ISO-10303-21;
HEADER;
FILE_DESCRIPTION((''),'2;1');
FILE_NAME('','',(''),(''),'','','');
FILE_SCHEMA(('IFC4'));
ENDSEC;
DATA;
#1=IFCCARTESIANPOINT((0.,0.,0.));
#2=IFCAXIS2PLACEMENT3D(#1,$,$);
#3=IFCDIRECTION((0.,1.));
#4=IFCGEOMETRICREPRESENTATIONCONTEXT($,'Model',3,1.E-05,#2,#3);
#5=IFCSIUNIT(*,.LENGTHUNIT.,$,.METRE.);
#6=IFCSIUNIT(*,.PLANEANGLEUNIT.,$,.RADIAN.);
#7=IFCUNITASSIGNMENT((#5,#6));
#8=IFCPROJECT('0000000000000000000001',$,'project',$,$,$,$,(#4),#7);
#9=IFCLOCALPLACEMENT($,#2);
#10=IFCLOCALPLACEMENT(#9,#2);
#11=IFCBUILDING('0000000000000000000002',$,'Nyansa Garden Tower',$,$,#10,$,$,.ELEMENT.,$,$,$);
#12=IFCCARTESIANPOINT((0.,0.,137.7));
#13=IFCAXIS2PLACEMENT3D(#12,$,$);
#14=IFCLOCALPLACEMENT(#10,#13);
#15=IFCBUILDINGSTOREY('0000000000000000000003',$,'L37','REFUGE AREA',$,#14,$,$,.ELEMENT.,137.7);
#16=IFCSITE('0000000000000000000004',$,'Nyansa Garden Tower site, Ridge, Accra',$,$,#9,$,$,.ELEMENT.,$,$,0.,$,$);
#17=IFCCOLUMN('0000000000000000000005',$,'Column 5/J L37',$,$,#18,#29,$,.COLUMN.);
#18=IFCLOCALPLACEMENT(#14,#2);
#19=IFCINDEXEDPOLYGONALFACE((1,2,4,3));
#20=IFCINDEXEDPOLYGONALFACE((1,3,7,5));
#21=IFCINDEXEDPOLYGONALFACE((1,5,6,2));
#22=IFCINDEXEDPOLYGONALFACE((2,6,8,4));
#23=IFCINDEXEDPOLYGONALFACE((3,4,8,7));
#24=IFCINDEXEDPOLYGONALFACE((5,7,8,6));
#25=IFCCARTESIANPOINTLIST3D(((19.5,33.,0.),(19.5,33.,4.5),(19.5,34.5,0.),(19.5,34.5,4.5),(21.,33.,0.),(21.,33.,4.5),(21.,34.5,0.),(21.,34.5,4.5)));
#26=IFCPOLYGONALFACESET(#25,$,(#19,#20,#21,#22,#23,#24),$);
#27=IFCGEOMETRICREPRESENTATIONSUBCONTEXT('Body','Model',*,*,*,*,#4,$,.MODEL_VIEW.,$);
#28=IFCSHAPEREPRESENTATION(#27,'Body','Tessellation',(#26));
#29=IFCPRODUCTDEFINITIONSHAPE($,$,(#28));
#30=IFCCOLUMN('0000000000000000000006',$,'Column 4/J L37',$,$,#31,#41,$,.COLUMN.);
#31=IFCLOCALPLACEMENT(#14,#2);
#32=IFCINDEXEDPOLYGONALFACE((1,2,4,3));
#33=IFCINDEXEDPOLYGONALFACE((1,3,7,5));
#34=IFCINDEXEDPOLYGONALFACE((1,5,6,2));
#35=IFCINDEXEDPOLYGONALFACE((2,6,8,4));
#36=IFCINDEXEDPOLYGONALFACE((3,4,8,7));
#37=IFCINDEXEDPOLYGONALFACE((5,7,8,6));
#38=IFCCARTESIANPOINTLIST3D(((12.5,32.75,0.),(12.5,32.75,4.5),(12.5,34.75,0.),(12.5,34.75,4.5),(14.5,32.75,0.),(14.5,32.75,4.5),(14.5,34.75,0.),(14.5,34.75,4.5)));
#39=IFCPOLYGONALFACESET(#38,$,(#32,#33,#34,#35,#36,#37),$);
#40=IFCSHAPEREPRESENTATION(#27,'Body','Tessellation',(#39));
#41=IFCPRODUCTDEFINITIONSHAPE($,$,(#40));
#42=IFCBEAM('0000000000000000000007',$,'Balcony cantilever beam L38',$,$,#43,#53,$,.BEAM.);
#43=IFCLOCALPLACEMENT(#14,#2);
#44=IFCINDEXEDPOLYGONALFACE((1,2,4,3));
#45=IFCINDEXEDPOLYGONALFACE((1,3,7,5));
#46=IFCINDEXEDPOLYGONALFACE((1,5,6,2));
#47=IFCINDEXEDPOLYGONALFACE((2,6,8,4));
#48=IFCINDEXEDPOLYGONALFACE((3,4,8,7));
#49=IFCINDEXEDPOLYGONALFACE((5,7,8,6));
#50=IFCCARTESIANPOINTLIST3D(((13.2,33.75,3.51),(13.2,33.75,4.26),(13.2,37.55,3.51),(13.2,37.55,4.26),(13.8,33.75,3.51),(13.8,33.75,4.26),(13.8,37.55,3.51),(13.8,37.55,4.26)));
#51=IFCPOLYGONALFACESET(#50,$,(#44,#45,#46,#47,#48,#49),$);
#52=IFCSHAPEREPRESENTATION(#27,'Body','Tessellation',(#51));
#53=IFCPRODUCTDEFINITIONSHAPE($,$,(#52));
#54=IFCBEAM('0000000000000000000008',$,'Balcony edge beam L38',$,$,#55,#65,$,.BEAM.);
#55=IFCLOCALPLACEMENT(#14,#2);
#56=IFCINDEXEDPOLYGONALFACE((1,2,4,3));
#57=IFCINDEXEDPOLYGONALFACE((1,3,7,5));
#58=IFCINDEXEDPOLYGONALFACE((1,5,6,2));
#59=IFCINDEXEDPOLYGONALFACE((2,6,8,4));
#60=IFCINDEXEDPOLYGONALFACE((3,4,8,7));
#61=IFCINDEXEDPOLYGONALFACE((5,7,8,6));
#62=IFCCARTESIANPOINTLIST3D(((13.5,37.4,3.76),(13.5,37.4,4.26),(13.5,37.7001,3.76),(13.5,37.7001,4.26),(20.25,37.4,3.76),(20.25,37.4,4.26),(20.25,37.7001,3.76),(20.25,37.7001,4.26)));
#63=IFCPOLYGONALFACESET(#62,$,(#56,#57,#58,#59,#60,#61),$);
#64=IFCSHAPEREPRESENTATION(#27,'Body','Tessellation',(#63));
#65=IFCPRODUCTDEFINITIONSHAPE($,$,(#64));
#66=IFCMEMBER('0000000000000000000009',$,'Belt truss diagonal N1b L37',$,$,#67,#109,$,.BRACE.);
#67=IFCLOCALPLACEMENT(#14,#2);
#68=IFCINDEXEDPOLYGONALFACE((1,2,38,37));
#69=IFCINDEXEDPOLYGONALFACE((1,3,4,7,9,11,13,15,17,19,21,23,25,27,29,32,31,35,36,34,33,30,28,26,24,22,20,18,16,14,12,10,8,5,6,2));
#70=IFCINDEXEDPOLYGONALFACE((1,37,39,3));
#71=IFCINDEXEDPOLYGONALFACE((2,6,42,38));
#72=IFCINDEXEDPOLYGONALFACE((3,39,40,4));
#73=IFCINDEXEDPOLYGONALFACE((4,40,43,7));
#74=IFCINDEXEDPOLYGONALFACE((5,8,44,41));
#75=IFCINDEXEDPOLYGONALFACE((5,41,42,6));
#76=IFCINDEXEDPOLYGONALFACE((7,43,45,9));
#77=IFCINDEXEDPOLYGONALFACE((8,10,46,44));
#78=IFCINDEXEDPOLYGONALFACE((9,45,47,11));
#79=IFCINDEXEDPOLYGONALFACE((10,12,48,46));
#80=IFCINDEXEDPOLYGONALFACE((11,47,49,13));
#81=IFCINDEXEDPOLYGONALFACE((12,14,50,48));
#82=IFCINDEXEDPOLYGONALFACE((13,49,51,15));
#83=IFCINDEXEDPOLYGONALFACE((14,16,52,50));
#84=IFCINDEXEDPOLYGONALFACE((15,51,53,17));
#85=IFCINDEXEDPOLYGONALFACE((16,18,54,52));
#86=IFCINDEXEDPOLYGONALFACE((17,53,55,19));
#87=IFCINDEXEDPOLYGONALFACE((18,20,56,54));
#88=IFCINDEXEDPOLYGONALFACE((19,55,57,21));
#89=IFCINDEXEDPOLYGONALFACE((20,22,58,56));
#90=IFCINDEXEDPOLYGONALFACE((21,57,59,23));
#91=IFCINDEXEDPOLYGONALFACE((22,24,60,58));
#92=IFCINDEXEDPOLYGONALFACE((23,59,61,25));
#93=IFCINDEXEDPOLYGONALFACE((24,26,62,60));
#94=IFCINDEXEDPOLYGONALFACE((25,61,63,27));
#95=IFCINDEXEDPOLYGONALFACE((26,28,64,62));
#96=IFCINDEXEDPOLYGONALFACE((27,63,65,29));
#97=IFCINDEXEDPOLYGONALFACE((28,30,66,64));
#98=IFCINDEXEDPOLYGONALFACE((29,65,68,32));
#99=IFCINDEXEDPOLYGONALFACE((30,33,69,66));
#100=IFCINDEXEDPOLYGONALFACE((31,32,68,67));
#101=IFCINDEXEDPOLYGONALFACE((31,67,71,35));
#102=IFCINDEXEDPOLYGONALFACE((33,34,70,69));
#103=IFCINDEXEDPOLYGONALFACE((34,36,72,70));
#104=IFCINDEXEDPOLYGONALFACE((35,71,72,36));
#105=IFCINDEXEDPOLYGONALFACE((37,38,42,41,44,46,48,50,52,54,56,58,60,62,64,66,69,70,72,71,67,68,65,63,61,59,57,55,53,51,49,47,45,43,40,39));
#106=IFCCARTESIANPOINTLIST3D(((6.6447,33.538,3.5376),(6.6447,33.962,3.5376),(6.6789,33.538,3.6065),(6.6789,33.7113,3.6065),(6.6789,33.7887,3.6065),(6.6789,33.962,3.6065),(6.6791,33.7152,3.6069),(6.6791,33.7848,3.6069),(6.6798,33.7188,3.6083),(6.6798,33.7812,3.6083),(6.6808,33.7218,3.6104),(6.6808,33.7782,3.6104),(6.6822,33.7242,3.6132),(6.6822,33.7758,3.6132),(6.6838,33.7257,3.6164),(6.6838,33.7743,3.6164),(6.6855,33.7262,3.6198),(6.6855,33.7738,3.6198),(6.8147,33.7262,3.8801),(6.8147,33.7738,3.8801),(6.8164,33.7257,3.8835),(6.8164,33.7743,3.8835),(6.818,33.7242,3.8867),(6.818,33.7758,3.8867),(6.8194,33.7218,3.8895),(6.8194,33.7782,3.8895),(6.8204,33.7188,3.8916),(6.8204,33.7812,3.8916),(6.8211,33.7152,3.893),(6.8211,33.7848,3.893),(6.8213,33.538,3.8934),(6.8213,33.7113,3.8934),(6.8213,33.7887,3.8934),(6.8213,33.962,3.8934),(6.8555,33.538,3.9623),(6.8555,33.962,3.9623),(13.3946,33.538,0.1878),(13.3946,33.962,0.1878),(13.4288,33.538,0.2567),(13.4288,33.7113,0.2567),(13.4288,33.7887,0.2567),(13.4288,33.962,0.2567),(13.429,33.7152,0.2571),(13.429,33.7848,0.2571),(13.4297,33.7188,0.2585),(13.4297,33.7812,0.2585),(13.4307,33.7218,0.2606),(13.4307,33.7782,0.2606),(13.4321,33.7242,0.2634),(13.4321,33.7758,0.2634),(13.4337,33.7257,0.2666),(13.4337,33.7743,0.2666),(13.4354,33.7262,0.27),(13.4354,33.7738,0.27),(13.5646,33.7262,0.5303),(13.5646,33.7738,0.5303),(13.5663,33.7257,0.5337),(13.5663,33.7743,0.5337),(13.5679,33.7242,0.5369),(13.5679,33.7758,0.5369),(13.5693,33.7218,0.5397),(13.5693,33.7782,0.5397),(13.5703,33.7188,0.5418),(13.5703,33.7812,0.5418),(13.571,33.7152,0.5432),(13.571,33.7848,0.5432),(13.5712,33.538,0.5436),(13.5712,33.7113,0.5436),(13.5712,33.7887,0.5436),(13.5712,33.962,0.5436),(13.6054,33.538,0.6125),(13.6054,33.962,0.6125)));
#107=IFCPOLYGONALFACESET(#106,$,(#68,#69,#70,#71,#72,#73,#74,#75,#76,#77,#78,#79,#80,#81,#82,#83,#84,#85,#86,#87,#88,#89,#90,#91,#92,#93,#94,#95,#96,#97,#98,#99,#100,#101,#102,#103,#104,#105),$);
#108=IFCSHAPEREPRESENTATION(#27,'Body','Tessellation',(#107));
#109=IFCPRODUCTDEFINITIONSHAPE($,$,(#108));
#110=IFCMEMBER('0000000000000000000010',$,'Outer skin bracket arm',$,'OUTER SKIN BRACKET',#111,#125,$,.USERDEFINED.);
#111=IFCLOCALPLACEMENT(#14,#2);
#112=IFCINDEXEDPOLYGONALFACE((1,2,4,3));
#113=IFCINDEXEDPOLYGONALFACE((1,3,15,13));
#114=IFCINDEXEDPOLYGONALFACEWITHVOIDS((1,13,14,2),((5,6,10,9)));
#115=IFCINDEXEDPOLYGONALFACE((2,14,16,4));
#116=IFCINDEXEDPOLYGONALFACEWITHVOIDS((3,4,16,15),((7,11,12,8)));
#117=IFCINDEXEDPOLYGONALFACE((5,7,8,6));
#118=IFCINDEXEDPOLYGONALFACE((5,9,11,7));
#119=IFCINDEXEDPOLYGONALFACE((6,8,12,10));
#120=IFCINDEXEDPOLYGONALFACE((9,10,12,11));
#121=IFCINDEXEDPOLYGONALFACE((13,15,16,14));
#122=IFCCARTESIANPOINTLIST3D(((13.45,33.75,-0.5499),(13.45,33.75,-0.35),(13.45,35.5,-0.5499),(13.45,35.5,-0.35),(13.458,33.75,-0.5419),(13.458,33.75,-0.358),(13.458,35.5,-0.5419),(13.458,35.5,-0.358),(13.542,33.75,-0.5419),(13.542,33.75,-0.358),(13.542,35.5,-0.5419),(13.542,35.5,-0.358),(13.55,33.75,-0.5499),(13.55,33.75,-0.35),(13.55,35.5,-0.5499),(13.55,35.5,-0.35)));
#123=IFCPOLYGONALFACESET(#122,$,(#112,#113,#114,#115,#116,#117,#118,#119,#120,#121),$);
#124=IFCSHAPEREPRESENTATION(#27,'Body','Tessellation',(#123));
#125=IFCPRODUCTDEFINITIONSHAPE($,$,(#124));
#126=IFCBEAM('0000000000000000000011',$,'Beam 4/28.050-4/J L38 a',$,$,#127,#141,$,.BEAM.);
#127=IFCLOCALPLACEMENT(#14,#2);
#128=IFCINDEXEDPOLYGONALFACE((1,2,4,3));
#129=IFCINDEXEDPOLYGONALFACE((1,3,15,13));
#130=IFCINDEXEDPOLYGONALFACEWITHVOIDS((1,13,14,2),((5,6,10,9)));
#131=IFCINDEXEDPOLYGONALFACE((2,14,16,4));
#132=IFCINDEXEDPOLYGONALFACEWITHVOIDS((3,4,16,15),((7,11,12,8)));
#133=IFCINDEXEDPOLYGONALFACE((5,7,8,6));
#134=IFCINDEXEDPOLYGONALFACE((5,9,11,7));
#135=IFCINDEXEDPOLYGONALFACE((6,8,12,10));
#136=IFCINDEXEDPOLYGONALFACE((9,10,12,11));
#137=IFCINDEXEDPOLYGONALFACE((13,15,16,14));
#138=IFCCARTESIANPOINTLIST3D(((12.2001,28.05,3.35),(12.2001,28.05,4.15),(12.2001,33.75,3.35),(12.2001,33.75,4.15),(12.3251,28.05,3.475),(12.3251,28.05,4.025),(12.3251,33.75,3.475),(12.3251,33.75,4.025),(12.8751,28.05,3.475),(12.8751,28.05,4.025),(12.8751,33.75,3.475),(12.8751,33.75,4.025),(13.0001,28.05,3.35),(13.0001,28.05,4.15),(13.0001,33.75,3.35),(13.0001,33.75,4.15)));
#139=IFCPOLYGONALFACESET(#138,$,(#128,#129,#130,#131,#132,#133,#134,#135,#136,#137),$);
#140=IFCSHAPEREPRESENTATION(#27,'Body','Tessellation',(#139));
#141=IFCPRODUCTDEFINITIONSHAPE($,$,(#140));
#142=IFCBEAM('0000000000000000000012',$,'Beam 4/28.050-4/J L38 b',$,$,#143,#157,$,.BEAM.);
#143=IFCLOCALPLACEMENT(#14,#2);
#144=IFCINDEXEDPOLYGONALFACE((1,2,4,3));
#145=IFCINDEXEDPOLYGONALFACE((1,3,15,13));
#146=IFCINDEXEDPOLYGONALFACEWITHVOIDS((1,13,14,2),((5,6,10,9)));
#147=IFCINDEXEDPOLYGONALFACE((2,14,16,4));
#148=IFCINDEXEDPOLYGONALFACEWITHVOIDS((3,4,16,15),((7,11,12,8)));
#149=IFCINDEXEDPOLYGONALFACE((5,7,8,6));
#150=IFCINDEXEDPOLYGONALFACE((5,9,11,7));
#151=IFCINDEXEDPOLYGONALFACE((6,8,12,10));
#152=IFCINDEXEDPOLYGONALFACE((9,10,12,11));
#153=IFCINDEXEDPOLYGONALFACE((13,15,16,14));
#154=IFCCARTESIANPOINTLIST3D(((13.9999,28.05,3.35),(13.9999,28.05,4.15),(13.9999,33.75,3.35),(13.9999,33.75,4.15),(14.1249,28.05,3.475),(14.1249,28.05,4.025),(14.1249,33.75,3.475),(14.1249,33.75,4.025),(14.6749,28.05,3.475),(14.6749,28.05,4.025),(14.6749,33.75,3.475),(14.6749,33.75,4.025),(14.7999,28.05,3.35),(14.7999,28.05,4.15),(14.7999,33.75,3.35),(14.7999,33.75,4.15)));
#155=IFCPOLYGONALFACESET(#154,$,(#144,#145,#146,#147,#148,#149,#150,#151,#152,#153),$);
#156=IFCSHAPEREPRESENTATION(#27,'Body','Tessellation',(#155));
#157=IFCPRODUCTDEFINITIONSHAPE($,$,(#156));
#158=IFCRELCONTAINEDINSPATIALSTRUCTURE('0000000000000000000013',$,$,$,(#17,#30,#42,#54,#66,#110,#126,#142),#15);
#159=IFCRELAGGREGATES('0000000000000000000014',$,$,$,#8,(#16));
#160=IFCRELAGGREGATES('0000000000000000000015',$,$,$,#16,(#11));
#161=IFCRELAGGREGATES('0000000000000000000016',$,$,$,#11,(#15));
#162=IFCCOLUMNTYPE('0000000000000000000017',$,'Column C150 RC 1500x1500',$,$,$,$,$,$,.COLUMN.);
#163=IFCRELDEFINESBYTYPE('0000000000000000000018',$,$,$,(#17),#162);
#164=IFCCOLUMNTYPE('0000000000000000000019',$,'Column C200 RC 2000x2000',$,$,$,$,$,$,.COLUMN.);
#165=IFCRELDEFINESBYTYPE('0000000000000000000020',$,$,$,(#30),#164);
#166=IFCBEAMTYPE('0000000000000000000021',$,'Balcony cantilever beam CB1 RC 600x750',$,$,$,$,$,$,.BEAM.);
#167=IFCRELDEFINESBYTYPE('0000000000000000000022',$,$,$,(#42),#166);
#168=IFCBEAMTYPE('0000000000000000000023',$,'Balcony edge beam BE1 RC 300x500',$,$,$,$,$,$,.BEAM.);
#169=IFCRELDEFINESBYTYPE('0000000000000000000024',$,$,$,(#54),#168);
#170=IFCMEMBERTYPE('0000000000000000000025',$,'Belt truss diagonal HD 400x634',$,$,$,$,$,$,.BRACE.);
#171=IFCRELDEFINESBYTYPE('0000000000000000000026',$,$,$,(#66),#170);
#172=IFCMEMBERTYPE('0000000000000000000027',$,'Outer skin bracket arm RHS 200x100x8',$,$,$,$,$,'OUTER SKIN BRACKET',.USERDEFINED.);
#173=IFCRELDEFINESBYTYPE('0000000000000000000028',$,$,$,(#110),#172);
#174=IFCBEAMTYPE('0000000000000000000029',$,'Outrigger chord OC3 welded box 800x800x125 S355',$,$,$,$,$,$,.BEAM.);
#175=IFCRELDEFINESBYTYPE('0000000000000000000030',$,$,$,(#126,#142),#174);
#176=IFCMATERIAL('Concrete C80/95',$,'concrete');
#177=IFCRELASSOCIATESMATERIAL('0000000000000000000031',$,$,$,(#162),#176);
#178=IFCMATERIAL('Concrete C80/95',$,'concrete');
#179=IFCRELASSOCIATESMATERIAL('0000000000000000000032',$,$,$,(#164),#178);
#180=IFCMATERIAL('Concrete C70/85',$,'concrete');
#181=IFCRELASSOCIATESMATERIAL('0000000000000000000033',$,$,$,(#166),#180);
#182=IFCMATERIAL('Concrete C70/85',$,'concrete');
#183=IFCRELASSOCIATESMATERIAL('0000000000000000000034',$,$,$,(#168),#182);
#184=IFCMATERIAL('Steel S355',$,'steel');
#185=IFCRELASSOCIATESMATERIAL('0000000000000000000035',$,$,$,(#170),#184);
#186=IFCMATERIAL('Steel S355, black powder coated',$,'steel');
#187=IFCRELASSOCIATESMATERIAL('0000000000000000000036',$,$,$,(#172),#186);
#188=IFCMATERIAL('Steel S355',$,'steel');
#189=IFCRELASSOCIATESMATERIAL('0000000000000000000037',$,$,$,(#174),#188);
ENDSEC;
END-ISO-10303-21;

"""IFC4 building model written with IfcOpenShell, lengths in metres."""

from ifc_helpers import new_model, si_unit, direction, frame, origin, origin_2d, place, context, subcontext, project, spatial, rectangle, hollow_rectangle, i_section, extrude, material, material_profile, profile_set, type_object, element, save


model = new_model("IFC4")

# Units and contexts
model_context = context("Model", 3, precision=1e-05, world=origin(), true_north=direction((0.0, 1.0)))
body_context = subcontext(model_context, "Body", "Model", "MODEL_VIEW")
ifc_project = project(units=[si_unit("LENGTHUNIT", "METRE"), si_unit("PLANEANGLEUNIT", "RADIAN")], contexts=[model_context])

# Site, building, storey
site_placement = place(None, origin())
site = spatial("IfcSite", under=ifc_project, at=site_placement, Name="Nyansa Garden Tower site, Ridge, Accra", CompositionType="ELEMENT", RefElevation=0.0)
building_placement = place(site_placement, origin())
building = spatial("IfcBuilding", under=site, at=building_placement, Name="Nyansa Garden Tower", CompositionType="ELEMENT")
storey_placement = place(building_placement, frame((0.0, 0.0, 137.7)))
storey = spatial("IfcBuildingStorey", under=building, at=storey_placement, Name="L37", Description="REFUGE AREA", CompositionType="ELEMENT", Elevation=137.7)

# Columns
ifc_material_1 = material(Name="Concrete C80/95", Category="concrete")
ifc_material_profile_1 = material_profile(ifc_material_1, rectangle(XDim=1.5, YDim=1.5, at=origin_2d()), Name="RC 1500x1500")
ifc_profile_set_1 = profile_set([ifc_material_profile_1], Name="Concrete C80/95")
column_type_1 = type_object("IfcColumnType", Name="Column C150 RC 1500x1500", PredefinedType="COLUMN", material=ifc_profile_set_1)
column_1_placement = place(storey_placement, frame((20.25, 33.75, 0.0), z_axis=(0.0, 0.0, 1.0), x_axis=(1.0, 0.0, 0.0)))
element("IfcColumn", 1, at=column_1_placement, inside=storey, type_object=column_type_1, Name="Column 5/J L37", PredefinedType="COLUMN", context=body_context, shape_type="SweptSolid", body=[
    extrude(rectangle(XDim=1.5, YDim=1.5, at=origin_2d()), origin(), (0.0, 0.0, 1.0), 4.5),
])
ifc_material_2 = material(Name="Concrete C80/95", Category="concrete")
ifc_material_profile_2 = material_profile(ifc_material_2, rectangle(XDim=2.0, YDim=2.0, at=origin_2d()), Name="RC 2000x2000")
ifc_profile_set_2 = profile_set([ifc_material_profile_2], Name="Concrete C80/95")
column_type_2 = type_object("IfcColumnType", Name="Column C200 RC 2000x2000", PredefinedType="COLUMN", material=ifc_profile_set_2)
column_2_placement = place(storey_placement, frame((13.5, 33.75, 0.0), z_axis=(0.0, 0.0, 1.0), x_axis=(1.0, 0.0, 0.0)))
element("IfcColumn", 2, at=column_2_placement, inside=storey, type_object=column_type_2, Name="Column 4/J L37", PredefinedType="COLUMN", context=body_context, shape_type="SweptSolid", body=[
    extrude(rectangle(XDim=2.0, YDim=2.0, at=origin_2d()), origin(), (0.0, 0.0, 1.0), 4.5),
])

# Beams
ifc_material_3 = material(Name="Concrete C70/85", Category="concrete")
ifc_material_profile_3 = material_profile(ifc_material_3, rectangle(XDim=0.6001, YDim=0.75, at=origin_2d()), Name="RC 600x750")
ifc_profile_set_3 = profile_set([ifc_material_profile_3], Name="Concrete C70/85")
beam_type_1 = type_object("IfcBeamType", Name="Balcony cantilever beam CB1 RC 600x750", PredefinedType="BEAM", material=ifc_profile_set_3)
beam_1_placement = place(storey_placement, frame((13.5, 33.75, 3.885), z_axis=(0.0, 1.0, 0.0), x_axis=(-1.0, 0.0, 0.0)))
element("IfcBeam", 3, at=beam_1_placement, inside=storey, type_object=beam_type_1, Name="Balcony cantilever beam L38", PredefinedType="BEAM", context=body_context, shape_type="SweptSolid", body=[
    extrude(rectangle(XDim=0.6001, YDim=0.75, at=origin_2d()), origin(), (0.0, 0.0, 1.0), 3.8),
])
ifc_material_4 = material(Name="Concrete C70/85", Category="concrete")
ifc_material_profile_4 = material_profile(ifc_material_4, rectangle(XDim=0.3, YDim=0.5, at=origin_2d()), Name="RC 300x500")
ifc_profile_set_4 = profile_set([ifc_material_profile_4], Name="Concrete C70/85")
beam_type_2 = type_object("IfcBeamType", Name="Balcony edge beam BE1 RC 300x500", PredefinedType="BEAM", material=ifc_profile_set_4)
beam_2_placement = place(storey_placement, frame((13.5, 37.55, 4.01), z_axis=(1.0, 0.0, 0.0), x_axis=(0.0, 1.0, 0.0)))
element("IfcBeam", 4, at=beam_2_placement, inside=storey, type_object=beam_type_2, Name="Balcony edge beam L38", PredefinedType="BEAM", context=body_context, shape_type="SweptSolid", body=[
    extrude(rectangle(XDim=0.3, YDim=0.5, at=origin_2d()), origin(), (0.0, 0.0, 1.0), 6.75),
])

# Members
ifc_material_5 = material(Name="Steel S355", Category="steel")
ifc_material_profile_5 = material_profile(ifc_material_5, i_section(OverallWidth=0.4241, OverallDepth=0.4741, WebThickness=0.0476, FlangeThickness=0.0769, FilletRadius=0.0149, at=origin_2d()), Name="HD 400x634")
ifc_profile_set_5 = profile_set([ifc_material_profile_5], Name="Steel S355")
member_type_1 = type_object("IfcMemberType", Name="Belt truss diagonal HD 400x634", PredefinedType="BRACE", material=ifc_profile_set_5)
member_1_placement = place(storey_placement, frame((13.5, 33.75, 0.4001), z_axis=(-0.895758, 0.0, 0.444542), x_axis=(0.0, -1.0, 0.0)))
element("IfcMember", 5, at=member_1_placement, inside=storey, type_object=member_type_1, Name="Belt truss diagonal N1b L37", PredefinedType="BRACE", context=body_context, shape_type="SweptSolid", body=[
    extrude(i_section(OverallWidth=0.4241, OverallDepth=0.4741, WebThickness=0.0476, FlangeThickness=0.0769, FilletRadius=0.0149, at=origin_2d()), origin(), (0.0, 0.0, 1.0), 7.5354),
])
ifc_material_6 = material(Name="Steel S355, black powder coated", Category="steel")
ifc_material_profile_6 = material_profile(ifc_material_6, hollow_rectangle(XDim=0.1001, YDim=0.2, WallThickness=0.0081, at=origin_2d()), Name="RHS 200x100x8")
ifc_profile_set_6 = profile_set([ifc_material_profile_6], Name="Steel S355, black powder coated")
member_type_2 = type_object("IfcMemberType", Name="Outer skin bracket arm RHS 200x100x8", ElementType="OUTER SKIN BRACKET", PredefinedType="USERDEFINED", material=ifc_profile_set_6)
member_2_placement = place(storey_placement, frame((13.5, 33.75, -0.45), z_axis=(0.0, 1.0, 0.0), x_axis=(-1.0, 0.0, 0.0)))
element("IfcMember", 6, at=member_2_placement, inside=storey, type_object=member_type_2, Name="Outer skin bracket arm", ObjectType="OUTER SKIN BRACKET", PredefinedType="USERDEFINED", context=body_context, shape_type="SweptSolid", body=[
    extrude(hollow_rectangle(XDim=0.1001, YDim=0.2, WallThickness=0.0081, at=origin_2d()), origin(), (0.0, 0.0, 1.0), 1.75),
])

# Beams
ifc_material_7 = material(Name="Steel S355", Category="steel")
ifc_material_profile_7 = material_profile(ifc_material_7, hollow_rectangle(XDim=0.8, YDim=0.8, WallThickness=0.125, at=origin_2d()), Name="Welded box 800x800x125")
ifc_profile_set_7 = profile_set([ifc_material_profile_7], Name="Steel S355")
beam_type_3 = type_object("IfcBeamType", Name="Outrigger chord OC3 welded box 800x800x125 S355", PredefinedType="BEAM", material=ifc_profile_set_7)
for number, where, z_axis, x_axis, name in (
    (7, (12.6001, 28.05, 3.75), (0.0, 1.0, 0.0), (-1.0, 0.0, 0.0), "Beam 4/28.050-4/J L38 a"),
    (8, (14.3999, 28.05, 3.75), (0.0, 1.0, 0.0), (-1.0, 0.0, 0.0), "Beam 4/28.050-4/J L38 b"),
):
    element("IfcBeam", number, at=place(storey_placement, frame(where, z_axis=z_axis, x_axis=x_axis)), inside=storey, type_object=beam_type_3, Name=name, PredefinedType="BEAM", context=body_context, shape_type="SweptSolid", body=[
        extrude(hollow_rectangle(XDim=0.8, YDim=0.8, WallThickness=0.125, at=origin_2d()), origin(), (0.0, 0.0, 1.0), 5.7),
    ])

save(model, "model.ifc")
